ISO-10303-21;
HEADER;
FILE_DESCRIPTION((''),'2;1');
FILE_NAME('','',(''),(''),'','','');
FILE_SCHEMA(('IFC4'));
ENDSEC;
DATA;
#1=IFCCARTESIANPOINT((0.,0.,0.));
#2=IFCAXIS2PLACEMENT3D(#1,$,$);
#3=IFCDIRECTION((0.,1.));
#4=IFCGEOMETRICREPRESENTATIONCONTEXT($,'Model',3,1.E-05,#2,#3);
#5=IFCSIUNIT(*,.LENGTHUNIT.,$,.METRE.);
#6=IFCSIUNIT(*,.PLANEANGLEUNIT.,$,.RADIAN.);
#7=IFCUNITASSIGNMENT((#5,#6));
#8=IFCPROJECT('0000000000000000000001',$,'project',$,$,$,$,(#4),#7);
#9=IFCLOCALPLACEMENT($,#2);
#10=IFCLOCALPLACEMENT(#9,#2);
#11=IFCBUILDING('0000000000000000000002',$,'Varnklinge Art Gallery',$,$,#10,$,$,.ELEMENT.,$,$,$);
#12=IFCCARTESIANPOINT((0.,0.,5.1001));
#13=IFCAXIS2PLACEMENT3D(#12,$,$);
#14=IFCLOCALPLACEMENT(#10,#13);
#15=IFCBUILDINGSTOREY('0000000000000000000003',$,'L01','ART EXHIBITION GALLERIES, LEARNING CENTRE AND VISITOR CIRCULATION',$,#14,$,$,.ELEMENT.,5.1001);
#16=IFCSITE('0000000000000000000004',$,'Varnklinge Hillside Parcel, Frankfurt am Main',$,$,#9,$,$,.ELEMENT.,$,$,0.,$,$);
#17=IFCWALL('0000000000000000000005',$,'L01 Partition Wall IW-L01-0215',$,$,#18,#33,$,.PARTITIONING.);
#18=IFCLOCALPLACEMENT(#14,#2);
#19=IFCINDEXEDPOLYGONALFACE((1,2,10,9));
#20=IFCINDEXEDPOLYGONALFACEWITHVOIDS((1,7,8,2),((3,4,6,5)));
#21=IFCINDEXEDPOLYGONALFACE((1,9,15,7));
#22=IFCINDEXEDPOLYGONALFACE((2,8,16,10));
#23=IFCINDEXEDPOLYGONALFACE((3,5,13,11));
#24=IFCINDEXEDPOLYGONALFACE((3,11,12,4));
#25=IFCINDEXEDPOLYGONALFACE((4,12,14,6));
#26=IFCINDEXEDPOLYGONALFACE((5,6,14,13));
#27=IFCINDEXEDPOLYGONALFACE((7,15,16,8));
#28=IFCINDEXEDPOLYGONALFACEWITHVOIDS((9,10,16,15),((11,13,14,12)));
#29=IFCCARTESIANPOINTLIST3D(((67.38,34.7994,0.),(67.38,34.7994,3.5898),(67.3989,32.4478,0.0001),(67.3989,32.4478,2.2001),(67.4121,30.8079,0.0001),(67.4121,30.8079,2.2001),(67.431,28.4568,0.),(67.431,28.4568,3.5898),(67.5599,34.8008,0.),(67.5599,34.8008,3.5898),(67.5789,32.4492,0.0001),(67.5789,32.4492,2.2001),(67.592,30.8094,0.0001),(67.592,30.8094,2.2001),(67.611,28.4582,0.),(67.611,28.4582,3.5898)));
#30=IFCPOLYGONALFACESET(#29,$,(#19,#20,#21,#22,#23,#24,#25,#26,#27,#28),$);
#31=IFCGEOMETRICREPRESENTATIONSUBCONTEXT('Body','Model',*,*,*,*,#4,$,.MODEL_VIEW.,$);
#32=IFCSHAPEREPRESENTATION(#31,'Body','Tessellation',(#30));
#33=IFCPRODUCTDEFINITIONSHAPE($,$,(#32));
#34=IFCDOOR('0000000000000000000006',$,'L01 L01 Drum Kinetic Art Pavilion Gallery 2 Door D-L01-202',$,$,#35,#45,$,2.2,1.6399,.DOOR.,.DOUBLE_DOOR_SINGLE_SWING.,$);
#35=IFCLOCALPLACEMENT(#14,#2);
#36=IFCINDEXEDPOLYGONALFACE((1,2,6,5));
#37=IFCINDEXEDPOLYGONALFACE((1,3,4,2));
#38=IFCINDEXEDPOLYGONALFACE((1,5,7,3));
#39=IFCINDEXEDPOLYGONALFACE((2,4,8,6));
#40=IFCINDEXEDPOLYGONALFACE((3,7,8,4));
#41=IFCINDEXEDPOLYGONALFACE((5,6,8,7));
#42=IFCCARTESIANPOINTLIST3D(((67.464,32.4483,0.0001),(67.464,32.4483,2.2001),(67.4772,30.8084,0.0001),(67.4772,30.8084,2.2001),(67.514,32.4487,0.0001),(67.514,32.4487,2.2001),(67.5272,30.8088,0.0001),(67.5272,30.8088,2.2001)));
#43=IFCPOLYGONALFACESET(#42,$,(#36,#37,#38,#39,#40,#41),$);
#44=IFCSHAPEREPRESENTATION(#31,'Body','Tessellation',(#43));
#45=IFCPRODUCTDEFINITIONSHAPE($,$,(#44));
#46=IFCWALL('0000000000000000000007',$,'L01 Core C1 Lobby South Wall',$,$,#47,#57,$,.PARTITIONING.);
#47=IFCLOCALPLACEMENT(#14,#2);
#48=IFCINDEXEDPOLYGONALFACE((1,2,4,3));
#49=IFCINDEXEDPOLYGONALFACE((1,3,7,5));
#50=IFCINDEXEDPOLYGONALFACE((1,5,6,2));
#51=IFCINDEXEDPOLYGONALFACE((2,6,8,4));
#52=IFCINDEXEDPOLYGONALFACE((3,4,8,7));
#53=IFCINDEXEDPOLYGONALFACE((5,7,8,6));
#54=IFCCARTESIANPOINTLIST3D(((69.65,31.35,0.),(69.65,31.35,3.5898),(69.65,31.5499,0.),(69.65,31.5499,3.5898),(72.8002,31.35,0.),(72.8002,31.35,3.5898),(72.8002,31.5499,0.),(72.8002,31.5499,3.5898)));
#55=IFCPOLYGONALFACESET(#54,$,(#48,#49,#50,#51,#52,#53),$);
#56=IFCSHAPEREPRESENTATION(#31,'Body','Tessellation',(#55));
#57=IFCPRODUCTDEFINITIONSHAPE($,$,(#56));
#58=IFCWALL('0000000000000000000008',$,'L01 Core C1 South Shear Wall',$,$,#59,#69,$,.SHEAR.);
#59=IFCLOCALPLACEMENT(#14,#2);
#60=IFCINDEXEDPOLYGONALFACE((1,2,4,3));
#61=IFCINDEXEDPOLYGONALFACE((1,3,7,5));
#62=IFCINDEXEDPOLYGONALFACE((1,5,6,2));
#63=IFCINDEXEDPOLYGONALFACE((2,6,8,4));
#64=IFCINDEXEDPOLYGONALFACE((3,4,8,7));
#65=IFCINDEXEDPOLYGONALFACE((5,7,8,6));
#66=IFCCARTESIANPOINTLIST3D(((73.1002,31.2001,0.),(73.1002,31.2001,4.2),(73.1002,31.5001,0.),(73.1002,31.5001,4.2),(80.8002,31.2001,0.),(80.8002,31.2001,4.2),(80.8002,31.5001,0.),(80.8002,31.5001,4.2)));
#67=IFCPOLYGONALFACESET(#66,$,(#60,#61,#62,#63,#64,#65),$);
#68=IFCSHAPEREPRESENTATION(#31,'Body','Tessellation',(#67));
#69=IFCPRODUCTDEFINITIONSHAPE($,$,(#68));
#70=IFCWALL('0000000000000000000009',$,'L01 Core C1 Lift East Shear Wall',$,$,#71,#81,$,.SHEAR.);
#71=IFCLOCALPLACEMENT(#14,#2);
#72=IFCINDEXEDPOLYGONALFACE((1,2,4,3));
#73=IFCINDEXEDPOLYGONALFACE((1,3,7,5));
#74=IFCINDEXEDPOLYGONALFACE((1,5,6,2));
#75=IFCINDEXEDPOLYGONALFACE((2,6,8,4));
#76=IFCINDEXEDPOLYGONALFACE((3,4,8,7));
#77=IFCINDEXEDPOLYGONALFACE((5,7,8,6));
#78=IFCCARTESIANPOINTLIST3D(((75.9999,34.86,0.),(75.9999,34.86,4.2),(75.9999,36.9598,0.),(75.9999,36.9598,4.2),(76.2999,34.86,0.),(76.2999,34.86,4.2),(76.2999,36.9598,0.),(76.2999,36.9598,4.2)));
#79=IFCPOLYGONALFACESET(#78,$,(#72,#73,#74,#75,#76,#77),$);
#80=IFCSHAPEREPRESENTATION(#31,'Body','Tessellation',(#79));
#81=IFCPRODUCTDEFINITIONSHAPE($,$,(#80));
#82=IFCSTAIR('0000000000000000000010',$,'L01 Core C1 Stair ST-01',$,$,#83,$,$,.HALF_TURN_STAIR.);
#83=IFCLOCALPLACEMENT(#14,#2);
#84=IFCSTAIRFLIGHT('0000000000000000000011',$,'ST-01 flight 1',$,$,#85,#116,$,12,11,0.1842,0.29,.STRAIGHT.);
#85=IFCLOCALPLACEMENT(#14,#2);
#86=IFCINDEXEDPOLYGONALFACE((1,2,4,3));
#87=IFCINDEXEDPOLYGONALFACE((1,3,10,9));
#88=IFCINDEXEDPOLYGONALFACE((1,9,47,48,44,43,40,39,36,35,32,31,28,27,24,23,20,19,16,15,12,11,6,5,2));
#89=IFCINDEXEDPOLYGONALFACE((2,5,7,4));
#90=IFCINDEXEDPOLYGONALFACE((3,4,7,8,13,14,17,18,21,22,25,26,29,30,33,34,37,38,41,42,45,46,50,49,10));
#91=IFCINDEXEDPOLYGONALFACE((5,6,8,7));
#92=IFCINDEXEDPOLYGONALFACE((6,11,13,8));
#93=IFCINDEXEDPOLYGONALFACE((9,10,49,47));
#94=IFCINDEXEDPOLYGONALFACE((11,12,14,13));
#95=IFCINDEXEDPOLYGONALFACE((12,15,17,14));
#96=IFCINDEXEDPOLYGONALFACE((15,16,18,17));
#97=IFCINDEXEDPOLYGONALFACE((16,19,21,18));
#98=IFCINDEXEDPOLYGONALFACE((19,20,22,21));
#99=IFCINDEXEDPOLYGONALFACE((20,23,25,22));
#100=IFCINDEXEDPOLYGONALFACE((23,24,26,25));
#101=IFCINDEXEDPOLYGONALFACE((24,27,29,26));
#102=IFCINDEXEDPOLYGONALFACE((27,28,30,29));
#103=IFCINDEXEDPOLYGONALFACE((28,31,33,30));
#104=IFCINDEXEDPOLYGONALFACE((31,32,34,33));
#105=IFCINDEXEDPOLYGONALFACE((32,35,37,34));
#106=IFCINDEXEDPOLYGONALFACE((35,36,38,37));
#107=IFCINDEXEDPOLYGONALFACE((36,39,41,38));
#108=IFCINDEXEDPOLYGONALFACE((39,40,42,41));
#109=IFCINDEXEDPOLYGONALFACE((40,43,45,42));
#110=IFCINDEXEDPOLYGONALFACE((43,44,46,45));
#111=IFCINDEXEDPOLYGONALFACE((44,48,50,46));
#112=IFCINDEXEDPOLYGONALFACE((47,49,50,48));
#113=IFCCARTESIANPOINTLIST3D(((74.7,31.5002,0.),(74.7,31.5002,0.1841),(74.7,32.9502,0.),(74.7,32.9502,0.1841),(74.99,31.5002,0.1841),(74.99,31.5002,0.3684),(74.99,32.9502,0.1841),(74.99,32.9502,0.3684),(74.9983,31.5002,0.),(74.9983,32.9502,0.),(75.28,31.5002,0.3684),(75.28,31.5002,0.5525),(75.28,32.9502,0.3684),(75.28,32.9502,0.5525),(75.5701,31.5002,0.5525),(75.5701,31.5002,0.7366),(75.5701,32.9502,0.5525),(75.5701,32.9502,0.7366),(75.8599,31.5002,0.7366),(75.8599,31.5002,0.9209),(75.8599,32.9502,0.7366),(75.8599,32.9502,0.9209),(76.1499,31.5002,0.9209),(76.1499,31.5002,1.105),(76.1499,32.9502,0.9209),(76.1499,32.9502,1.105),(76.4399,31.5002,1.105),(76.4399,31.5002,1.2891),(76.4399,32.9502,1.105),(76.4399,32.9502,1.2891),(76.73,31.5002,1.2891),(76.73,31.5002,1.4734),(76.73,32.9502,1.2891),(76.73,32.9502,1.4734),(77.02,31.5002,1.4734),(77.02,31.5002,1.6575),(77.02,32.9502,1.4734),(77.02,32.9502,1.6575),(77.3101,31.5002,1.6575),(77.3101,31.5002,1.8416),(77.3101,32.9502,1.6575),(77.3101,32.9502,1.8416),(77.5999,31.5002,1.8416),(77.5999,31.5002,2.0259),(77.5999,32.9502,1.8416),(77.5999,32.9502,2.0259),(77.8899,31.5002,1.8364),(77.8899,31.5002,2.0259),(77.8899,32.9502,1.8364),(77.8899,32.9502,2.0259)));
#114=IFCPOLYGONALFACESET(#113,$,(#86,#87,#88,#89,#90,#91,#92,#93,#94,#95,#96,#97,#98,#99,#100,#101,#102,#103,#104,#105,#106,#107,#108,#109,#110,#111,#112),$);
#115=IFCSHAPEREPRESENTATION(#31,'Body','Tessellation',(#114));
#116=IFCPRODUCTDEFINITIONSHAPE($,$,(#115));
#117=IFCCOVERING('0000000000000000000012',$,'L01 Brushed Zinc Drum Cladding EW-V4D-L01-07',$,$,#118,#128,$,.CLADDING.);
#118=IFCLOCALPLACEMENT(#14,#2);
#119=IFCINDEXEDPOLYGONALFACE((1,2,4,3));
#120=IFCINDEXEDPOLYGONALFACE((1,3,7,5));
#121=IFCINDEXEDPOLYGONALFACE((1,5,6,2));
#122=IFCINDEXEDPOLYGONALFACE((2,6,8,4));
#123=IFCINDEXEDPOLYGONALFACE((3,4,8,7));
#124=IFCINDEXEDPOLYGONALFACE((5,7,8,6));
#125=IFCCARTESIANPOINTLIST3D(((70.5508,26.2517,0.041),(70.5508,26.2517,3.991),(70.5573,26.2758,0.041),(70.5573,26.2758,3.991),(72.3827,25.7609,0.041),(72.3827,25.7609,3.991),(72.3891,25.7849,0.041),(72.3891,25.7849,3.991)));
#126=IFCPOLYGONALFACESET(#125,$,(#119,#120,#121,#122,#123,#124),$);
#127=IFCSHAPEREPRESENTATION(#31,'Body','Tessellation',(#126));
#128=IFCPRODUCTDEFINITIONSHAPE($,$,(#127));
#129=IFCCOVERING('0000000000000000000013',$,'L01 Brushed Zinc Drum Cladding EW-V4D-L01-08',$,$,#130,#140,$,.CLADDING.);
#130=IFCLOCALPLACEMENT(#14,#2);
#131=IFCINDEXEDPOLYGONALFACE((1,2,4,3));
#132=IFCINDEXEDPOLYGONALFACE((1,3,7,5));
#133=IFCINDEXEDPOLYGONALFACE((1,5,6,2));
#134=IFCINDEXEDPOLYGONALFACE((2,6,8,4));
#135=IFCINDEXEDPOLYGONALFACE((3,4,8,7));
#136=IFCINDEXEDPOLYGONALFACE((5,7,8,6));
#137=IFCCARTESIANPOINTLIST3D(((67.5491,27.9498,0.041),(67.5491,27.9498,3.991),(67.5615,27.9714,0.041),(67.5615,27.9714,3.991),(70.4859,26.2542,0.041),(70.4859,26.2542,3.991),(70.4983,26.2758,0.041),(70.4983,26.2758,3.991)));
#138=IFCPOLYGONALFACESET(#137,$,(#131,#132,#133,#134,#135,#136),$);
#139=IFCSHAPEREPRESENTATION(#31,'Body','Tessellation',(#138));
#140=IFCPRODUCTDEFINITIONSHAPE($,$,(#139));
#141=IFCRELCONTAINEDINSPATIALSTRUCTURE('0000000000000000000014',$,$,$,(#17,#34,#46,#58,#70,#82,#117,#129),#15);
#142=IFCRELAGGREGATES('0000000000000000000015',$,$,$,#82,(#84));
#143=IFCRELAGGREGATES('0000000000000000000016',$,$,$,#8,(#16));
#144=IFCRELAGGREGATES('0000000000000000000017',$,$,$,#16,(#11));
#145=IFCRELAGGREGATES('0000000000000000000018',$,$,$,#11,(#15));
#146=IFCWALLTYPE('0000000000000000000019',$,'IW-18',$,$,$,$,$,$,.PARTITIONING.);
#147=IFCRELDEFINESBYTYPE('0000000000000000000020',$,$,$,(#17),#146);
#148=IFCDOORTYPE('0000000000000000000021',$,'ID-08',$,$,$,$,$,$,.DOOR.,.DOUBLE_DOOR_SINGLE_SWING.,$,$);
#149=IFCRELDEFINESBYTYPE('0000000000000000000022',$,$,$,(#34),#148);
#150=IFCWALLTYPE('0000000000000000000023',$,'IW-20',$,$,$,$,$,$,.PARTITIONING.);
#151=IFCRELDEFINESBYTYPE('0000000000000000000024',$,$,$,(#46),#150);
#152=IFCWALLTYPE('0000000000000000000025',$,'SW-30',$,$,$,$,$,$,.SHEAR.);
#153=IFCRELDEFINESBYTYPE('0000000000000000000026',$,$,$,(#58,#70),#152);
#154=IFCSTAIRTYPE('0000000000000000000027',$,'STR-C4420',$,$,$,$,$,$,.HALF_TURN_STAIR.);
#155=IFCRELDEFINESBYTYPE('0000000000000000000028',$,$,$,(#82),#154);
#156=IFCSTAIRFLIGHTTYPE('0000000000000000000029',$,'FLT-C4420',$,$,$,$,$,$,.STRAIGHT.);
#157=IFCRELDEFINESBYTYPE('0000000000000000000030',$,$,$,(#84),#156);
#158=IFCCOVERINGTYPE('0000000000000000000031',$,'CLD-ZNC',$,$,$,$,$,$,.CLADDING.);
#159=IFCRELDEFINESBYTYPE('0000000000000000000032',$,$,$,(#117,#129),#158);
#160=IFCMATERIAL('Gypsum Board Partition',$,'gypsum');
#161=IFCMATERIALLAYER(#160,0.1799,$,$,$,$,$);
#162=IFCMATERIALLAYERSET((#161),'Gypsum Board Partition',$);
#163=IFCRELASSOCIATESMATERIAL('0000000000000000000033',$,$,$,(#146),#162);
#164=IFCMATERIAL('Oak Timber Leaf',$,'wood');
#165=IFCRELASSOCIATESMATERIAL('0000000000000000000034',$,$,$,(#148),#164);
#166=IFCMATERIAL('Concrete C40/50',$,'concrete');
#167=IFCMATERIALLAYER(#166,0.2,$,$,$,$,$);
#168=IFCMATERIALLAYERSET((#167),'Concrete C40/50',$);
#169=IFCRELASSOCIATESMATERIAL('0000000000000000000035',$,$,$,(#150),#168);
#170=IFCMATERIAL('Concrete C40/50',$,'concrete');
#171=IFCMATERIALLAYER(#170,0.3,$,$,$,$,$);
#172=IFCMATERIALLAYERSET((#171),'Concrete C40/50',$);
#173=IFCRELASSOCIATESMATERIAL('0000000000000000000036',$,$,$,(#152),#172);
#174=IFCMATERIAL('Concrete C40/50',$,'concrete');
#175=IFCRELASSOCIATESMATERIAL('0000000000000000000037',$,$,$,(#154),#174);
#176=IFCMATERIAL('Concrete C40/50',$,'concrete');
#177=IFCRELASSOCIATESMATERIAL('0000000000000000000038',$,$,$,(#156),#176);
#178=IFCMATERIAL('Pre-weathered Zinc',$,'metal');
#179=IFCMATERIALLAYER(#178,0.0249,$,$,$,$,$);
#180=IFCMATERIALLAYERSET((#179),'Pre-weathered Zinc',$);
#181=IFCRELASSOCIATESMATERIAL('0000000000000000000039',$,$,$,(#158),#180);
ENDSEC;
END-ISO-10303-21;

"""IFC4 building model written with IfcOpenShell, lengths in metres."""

from ifc_helpers import new_model, si_unit, direction, frame, frame_2d, origin, origin_2d, place, context, subcontext, project, spatial, polyline, rectangle, outline, extrude, material, layer, layer_set, type_object, element, fill, aggregate, save


model = new_model("IFC4")

# Units and contexts
model_context = context("Model", 3, precision=1e-05, world=origin(), true_north=direction((0.0, 1.0)))
body_context = subcontext(model_context, "Body", "Model", "MODEL_VIEW")
ifc_project = project(units=[si_unit("LENGTHUNIT", "METRE"), si_unit("PLANEANGLEUNIT", "RADIAN")], contexts=[model_context])

# Site, building, storey
site_placement = place(None, origin())
site = spatial("IfcSite", under=ifc_project, at=site_placement, Name="Varnklinge Hillside Parcel, Frankfurt am Main", CompositionType="ELEMENT", RefElevation=0.0)
building_placement = place(site_placement, origin())
building = spatial("IfcBuilding", under=site, at=building_placement, Name="Varnklinge Art Gallery", CompositionType="ELEMENT")
storey_placement = place(building_placement, frame((0.0, 0.0, 5.1001)))
storey = spatial("IfcBuildingStorey", under=building, at=storey_placement, Name="L01", Description="ART EXHIBITION GALLERIES, LEARNING CENTRE AND VISITOR CIRCULATION", CompositionType="ELEMENT", Elevation=5.1001)

# Wall, opening, door
ifc_material_1 = material(Name="Gypsum Board Partition", Category="gypsum")
ifc_layer_1 = layer(ifc_material_1, 0.1799)
ifc_layer_set_1 = layer_set([ifc_layer_1], Name="Gypsum Board Partition")
wall_type_1 = type_object("IfcWallType", Name="IW-18", PredefinedType="PARTITIONING", material=ifc_layer_set_1)
wall_1_placement = place(storey_placement, frame((67.521, 28.4575, 0.0), z_axis=(0.0, 0.0, 1.0), x_axis=(-0.008045, 0.999968, 0.0)))
wall_1 = element("IfcWall", 1, at=wall_1_placement, inside=storey, type_object=wall_type_1, Name="L01 Partition Wall IW-L01-0215", PredefinedType="PARTITIONING", context=body_context, shape_type="SweptSolid", body=[
    extrude(rectangle(XDim=6.3428, YDim=0.1799, at=frame_2d((3.1714, 0.0))), origin(), (0.0, 0.0, 1.0), 3.5898),
])
opening_1_placement = place(wall_1_placement, frame((2.3513, 0.0, 0.0)))
opening_1 = element("IfcOpeningElement", 2, at=opening_1_placement, cuts=wall_1, PredefinedType="OPENING", context=body_context, shape_type="SweptSolid", body=[
    extrude(rectangle(XDim=1.6399, YDim=2.2, at=frame_2d((0.8198, 1.1001))), frame((0.0, 0.0999, 0.0), z_axis=(0.0, -1.0, 0.0), x_axis=(1.0, 0.0, 0.0)), (0.0, 0.0, 1.0), 0.2),
])
ifc_material_2 = material(Name="Oak Timber Leaf", Category="wood")
door_type_1 = type_object("IfcDoorType", Name="ID-08", OperationType="DOUBLE_DOOR_SINGLE_SWING", PredefinedType="DOOR", material=ifc_material_2)
door_1_placement = place(opening_1_placement, origin())
door_1 = element("IfcDoor", 3, at=door_1_placement, inside=storey, type_object=door_type_1, Name="L01 L01 Drum Kinetic Art Pavilion Gallery 2 Door D-L01-202", OperationType="DOUBLE_DOOR_SINGLE_SWING", OverallHeight=2.2, OverallWidth=1.6399, PredefinedType="DOOR", context=body_context, shape_type="SweptSolid", body=[
    extrude(rectangle(XDim=1.6399, YDim=2.2, at=frame_2d((0.8198, 1.1001))), frame((0.0, 0.0249, 0.0), z_axis=(0.0, -1.0, 0.0), x_axis=(1.0, 0.0, 0.0)), (0.0, 0.0, 1.0), 0.05),
])
fill(opening_1, door_1)

# Wall
ifc_material_3 = material(Name="Concrete C40/50", Category="concrete")
ifc_layer_2 = layer(ifc_material_3, 0.2)
ifc_layer_set_2 = layer_set([ifc_layer_2], Name="Concrete C40/50")
wall_type_2 = type_object("IfcWallType", Name="IW-20", PredefinedType="PARTITIONING", material=ifc_layer_set_2)
wall_2_placement = place(storey_placement, frame((69.6499, 31.45, 0.0), z_axis=(0.0, 0.0, 1.0), x_axis=(1.0, 0.0, 0.0)))
element("IfcWall", 4, at=wall_2_placement, inside=storey, type_object=wall_type_2, Name="L01 Core C1 Lobby South Wall", PredefinedType="PARTITIONING", context=body_context, shape_type="SweptSolid", body=[
    extrude(rectangle(XDim=3.1501, YDim=0.2, at=frame_2d((1.5752, 0.0))), origin(), (0.0, 0.0, 1.0), 3.5898),
])

# Walls
ifc_material_4 = material(Name="Concrete C40/50", Category="concrete")
ifc_layer_3 = layer(ifc_material_4, 0.3)
ifc_layer_set_3 = layer_set([ifc_layer_3], Name="Concrete C40/50")
wall_type_3 = type_object("IfcWallType", Name="SW-30", PredefinedType="SHEAR", material=ifc_layer_set_3)
wall_3_placement = place(storey_placement, frame((73.1001, 31.3501, 0.0), z_axis=(0.0, 0.0, 1.0), x_axis=(1.0, 0.0, 0.0)))
element("IfcWall", 5, at=wall_3_placement, inside=storey, type_object=wall_type_3, Name="L01 Core C1 South Shear Wall", PredefinedType="SHEAR", context=body_context, shape_type="SweptSolid", body=[
    extrude(rectangle(XDim=7.7, YDim=0.3, at=frame_2d((3.8501, 0.0))), origin(), (0.0, 0.0, 1.0), 4.2),
])
wall_4_placement = place(storey_placement, frame((76.1499, 34.8601, 0.0), z_axis=(0.0, 0.0, 1.0), x_axis=(0.0, 1.0, 0.0)))
element("IfcWall", 6, at=wall_4_placement, inside=storey, type_object=wall_type_3, Name="L01 Core C1 Lift East Shear Wall", PredefinedType="SHEAR", context=body_context, shape_type="SweptSolid", body=[
    extrude(rectangle(XDim=2.0999, YDim=0.3, at=frame_2d((1.0498, 0.0))), origin(), (0.0, 0.0, 1.0), 4.2),
])

# Stair, stair flight
ifc_material_5 = material(Name="Concrete C40/50", Category="concrete")
stair_type = type_object("IfcStairType", Name="STR-C4420", PredefinedType="HALF_TURN_STAIR", material=ifc_material_5)
stair_placement = place(storey_placement, origin())
stair = element("IfcStair", 7, at=stair_placement, inside=storey, type_object=stair_type, Name="L01 Core C1 Stair ST-01", PredefinedType="HALF_TURN_STAIR")
ifc_material_6 = material(Name="Concrete C40/50", Category="concrete")
stair_flight_type = type_object("IfcStairFlightType", Name="FLT-C4420", PredefinedType="STRAIGHT", material=ifc_material_6)
stair_flight_placement = place(storey_placement, frame((74.7, 32.2251, 0.0), z_axis=(0.0, 0.0, 1.0), x_axis=(1.0, 0.0, 0.0)))
stair_flight = element("IfcStairFlight", 8, at=stair_flight_placement, type_object=stair_flight_type, Name="ST-01 flight 1", NumberOfRisers=12, NumberOfTreads=11, PredefinedType="STRAIGHT", RiserHeight=0.1842, TreadLength=0.29, context=body_context, shape_type="SweptSolid", body=[
    extrude(outline(polyline([(0.0, 0.0), (0.0, 0.1841), (0.29, 0.1841), (0.29, 0.3684), (0.5801, 0.3684), (0.5801, 0.5525), (0.8701, 0.5525), (0.8701, 0.7366), (1.1599, 0.7366), (1.1599, 0.9209), (1.45, 0.9209), (1.45, 1.105), (1.74, 1.105), (1.74, 1.2891), (2.03, 1.2891), (2.03, 1.4734), (2.3201, 1.4734), (2.3201, 1.6575), (2.6101, 1.6575), (2.6101, 1.8416), (2.8999, 1.8416), (2.8999, 2.0259), (3.1899, 2.0259), (3.1899, 2.21), (3.1899, 1.8364), (0.2983, 0.0), (0.0, 0.0)])), frame((0.0, 0.7251, 0.0), z_axis=(0.0, -1.0, 0.0), x_axis=(1.0, 0.0, 0.0)), (0.0, 0.0, 1.0), 1.45),
])
aggregate(stair, [stair_flight])

# Coverings
ifc_material_7 = material(Name="Pre-weathered Zinc", Category="metal")
ifc_layer_4 = layer(ifc_material_7, 0.0249)
ifc_layer_set_4 = layer_set([ifc_layer_4], Name="Pre-weathered Zinc")
covering_type = type_object("IfcCoveringType", Name="CLD-ZNC", PredefinedType="CLADDING", material=ifc_layer_set_4)
covering_1_placement = place(storey_placement, frame((71.47, 26.0183, 0.041), z_axis=(0.0, 0.0, 1.0), x_axis=(-0.965926, 0.258819, 0.0)))
element("IfcCovering", 9, at=covering_1_placement, inside=storey, type_object=covering_type, Name="L01 Brushed Zinc Drum Cladding EW-V4D-L01-07", PredefinedType="CLADDING", context=body_context, shape_type="SweptSolid", body=[
    extrude(rectangle(XDim=1.8965, YDim=0.0249, at=origin_2d()), origin(), (0.0, 0.0, 1.0), 3.95),
])
covering_2_placement = place(storey_placement, frame((69.0237, 27.1128, 0.041), z_axis=(0.0, 0.0, 1.0), x_axis=(-0.866025, 0.5, 0.0)))
element("IfcCovering", 10, at=covering_2_placement, inside=storey, type_object=covering_type, Name="L01 Brushed Zinc Drum Cladding EW-V4D-L01-08", PredefinedType="CLADDING", context=body_context, shape_type="SweptSolid", body=[
    extrude(rectangle(XDim=3.3911, YDim=0.0249, at=origin_2d()), origin(), (0.0, 0.0, 1.0), 3.95),
])

save(model, "model.ifc")
